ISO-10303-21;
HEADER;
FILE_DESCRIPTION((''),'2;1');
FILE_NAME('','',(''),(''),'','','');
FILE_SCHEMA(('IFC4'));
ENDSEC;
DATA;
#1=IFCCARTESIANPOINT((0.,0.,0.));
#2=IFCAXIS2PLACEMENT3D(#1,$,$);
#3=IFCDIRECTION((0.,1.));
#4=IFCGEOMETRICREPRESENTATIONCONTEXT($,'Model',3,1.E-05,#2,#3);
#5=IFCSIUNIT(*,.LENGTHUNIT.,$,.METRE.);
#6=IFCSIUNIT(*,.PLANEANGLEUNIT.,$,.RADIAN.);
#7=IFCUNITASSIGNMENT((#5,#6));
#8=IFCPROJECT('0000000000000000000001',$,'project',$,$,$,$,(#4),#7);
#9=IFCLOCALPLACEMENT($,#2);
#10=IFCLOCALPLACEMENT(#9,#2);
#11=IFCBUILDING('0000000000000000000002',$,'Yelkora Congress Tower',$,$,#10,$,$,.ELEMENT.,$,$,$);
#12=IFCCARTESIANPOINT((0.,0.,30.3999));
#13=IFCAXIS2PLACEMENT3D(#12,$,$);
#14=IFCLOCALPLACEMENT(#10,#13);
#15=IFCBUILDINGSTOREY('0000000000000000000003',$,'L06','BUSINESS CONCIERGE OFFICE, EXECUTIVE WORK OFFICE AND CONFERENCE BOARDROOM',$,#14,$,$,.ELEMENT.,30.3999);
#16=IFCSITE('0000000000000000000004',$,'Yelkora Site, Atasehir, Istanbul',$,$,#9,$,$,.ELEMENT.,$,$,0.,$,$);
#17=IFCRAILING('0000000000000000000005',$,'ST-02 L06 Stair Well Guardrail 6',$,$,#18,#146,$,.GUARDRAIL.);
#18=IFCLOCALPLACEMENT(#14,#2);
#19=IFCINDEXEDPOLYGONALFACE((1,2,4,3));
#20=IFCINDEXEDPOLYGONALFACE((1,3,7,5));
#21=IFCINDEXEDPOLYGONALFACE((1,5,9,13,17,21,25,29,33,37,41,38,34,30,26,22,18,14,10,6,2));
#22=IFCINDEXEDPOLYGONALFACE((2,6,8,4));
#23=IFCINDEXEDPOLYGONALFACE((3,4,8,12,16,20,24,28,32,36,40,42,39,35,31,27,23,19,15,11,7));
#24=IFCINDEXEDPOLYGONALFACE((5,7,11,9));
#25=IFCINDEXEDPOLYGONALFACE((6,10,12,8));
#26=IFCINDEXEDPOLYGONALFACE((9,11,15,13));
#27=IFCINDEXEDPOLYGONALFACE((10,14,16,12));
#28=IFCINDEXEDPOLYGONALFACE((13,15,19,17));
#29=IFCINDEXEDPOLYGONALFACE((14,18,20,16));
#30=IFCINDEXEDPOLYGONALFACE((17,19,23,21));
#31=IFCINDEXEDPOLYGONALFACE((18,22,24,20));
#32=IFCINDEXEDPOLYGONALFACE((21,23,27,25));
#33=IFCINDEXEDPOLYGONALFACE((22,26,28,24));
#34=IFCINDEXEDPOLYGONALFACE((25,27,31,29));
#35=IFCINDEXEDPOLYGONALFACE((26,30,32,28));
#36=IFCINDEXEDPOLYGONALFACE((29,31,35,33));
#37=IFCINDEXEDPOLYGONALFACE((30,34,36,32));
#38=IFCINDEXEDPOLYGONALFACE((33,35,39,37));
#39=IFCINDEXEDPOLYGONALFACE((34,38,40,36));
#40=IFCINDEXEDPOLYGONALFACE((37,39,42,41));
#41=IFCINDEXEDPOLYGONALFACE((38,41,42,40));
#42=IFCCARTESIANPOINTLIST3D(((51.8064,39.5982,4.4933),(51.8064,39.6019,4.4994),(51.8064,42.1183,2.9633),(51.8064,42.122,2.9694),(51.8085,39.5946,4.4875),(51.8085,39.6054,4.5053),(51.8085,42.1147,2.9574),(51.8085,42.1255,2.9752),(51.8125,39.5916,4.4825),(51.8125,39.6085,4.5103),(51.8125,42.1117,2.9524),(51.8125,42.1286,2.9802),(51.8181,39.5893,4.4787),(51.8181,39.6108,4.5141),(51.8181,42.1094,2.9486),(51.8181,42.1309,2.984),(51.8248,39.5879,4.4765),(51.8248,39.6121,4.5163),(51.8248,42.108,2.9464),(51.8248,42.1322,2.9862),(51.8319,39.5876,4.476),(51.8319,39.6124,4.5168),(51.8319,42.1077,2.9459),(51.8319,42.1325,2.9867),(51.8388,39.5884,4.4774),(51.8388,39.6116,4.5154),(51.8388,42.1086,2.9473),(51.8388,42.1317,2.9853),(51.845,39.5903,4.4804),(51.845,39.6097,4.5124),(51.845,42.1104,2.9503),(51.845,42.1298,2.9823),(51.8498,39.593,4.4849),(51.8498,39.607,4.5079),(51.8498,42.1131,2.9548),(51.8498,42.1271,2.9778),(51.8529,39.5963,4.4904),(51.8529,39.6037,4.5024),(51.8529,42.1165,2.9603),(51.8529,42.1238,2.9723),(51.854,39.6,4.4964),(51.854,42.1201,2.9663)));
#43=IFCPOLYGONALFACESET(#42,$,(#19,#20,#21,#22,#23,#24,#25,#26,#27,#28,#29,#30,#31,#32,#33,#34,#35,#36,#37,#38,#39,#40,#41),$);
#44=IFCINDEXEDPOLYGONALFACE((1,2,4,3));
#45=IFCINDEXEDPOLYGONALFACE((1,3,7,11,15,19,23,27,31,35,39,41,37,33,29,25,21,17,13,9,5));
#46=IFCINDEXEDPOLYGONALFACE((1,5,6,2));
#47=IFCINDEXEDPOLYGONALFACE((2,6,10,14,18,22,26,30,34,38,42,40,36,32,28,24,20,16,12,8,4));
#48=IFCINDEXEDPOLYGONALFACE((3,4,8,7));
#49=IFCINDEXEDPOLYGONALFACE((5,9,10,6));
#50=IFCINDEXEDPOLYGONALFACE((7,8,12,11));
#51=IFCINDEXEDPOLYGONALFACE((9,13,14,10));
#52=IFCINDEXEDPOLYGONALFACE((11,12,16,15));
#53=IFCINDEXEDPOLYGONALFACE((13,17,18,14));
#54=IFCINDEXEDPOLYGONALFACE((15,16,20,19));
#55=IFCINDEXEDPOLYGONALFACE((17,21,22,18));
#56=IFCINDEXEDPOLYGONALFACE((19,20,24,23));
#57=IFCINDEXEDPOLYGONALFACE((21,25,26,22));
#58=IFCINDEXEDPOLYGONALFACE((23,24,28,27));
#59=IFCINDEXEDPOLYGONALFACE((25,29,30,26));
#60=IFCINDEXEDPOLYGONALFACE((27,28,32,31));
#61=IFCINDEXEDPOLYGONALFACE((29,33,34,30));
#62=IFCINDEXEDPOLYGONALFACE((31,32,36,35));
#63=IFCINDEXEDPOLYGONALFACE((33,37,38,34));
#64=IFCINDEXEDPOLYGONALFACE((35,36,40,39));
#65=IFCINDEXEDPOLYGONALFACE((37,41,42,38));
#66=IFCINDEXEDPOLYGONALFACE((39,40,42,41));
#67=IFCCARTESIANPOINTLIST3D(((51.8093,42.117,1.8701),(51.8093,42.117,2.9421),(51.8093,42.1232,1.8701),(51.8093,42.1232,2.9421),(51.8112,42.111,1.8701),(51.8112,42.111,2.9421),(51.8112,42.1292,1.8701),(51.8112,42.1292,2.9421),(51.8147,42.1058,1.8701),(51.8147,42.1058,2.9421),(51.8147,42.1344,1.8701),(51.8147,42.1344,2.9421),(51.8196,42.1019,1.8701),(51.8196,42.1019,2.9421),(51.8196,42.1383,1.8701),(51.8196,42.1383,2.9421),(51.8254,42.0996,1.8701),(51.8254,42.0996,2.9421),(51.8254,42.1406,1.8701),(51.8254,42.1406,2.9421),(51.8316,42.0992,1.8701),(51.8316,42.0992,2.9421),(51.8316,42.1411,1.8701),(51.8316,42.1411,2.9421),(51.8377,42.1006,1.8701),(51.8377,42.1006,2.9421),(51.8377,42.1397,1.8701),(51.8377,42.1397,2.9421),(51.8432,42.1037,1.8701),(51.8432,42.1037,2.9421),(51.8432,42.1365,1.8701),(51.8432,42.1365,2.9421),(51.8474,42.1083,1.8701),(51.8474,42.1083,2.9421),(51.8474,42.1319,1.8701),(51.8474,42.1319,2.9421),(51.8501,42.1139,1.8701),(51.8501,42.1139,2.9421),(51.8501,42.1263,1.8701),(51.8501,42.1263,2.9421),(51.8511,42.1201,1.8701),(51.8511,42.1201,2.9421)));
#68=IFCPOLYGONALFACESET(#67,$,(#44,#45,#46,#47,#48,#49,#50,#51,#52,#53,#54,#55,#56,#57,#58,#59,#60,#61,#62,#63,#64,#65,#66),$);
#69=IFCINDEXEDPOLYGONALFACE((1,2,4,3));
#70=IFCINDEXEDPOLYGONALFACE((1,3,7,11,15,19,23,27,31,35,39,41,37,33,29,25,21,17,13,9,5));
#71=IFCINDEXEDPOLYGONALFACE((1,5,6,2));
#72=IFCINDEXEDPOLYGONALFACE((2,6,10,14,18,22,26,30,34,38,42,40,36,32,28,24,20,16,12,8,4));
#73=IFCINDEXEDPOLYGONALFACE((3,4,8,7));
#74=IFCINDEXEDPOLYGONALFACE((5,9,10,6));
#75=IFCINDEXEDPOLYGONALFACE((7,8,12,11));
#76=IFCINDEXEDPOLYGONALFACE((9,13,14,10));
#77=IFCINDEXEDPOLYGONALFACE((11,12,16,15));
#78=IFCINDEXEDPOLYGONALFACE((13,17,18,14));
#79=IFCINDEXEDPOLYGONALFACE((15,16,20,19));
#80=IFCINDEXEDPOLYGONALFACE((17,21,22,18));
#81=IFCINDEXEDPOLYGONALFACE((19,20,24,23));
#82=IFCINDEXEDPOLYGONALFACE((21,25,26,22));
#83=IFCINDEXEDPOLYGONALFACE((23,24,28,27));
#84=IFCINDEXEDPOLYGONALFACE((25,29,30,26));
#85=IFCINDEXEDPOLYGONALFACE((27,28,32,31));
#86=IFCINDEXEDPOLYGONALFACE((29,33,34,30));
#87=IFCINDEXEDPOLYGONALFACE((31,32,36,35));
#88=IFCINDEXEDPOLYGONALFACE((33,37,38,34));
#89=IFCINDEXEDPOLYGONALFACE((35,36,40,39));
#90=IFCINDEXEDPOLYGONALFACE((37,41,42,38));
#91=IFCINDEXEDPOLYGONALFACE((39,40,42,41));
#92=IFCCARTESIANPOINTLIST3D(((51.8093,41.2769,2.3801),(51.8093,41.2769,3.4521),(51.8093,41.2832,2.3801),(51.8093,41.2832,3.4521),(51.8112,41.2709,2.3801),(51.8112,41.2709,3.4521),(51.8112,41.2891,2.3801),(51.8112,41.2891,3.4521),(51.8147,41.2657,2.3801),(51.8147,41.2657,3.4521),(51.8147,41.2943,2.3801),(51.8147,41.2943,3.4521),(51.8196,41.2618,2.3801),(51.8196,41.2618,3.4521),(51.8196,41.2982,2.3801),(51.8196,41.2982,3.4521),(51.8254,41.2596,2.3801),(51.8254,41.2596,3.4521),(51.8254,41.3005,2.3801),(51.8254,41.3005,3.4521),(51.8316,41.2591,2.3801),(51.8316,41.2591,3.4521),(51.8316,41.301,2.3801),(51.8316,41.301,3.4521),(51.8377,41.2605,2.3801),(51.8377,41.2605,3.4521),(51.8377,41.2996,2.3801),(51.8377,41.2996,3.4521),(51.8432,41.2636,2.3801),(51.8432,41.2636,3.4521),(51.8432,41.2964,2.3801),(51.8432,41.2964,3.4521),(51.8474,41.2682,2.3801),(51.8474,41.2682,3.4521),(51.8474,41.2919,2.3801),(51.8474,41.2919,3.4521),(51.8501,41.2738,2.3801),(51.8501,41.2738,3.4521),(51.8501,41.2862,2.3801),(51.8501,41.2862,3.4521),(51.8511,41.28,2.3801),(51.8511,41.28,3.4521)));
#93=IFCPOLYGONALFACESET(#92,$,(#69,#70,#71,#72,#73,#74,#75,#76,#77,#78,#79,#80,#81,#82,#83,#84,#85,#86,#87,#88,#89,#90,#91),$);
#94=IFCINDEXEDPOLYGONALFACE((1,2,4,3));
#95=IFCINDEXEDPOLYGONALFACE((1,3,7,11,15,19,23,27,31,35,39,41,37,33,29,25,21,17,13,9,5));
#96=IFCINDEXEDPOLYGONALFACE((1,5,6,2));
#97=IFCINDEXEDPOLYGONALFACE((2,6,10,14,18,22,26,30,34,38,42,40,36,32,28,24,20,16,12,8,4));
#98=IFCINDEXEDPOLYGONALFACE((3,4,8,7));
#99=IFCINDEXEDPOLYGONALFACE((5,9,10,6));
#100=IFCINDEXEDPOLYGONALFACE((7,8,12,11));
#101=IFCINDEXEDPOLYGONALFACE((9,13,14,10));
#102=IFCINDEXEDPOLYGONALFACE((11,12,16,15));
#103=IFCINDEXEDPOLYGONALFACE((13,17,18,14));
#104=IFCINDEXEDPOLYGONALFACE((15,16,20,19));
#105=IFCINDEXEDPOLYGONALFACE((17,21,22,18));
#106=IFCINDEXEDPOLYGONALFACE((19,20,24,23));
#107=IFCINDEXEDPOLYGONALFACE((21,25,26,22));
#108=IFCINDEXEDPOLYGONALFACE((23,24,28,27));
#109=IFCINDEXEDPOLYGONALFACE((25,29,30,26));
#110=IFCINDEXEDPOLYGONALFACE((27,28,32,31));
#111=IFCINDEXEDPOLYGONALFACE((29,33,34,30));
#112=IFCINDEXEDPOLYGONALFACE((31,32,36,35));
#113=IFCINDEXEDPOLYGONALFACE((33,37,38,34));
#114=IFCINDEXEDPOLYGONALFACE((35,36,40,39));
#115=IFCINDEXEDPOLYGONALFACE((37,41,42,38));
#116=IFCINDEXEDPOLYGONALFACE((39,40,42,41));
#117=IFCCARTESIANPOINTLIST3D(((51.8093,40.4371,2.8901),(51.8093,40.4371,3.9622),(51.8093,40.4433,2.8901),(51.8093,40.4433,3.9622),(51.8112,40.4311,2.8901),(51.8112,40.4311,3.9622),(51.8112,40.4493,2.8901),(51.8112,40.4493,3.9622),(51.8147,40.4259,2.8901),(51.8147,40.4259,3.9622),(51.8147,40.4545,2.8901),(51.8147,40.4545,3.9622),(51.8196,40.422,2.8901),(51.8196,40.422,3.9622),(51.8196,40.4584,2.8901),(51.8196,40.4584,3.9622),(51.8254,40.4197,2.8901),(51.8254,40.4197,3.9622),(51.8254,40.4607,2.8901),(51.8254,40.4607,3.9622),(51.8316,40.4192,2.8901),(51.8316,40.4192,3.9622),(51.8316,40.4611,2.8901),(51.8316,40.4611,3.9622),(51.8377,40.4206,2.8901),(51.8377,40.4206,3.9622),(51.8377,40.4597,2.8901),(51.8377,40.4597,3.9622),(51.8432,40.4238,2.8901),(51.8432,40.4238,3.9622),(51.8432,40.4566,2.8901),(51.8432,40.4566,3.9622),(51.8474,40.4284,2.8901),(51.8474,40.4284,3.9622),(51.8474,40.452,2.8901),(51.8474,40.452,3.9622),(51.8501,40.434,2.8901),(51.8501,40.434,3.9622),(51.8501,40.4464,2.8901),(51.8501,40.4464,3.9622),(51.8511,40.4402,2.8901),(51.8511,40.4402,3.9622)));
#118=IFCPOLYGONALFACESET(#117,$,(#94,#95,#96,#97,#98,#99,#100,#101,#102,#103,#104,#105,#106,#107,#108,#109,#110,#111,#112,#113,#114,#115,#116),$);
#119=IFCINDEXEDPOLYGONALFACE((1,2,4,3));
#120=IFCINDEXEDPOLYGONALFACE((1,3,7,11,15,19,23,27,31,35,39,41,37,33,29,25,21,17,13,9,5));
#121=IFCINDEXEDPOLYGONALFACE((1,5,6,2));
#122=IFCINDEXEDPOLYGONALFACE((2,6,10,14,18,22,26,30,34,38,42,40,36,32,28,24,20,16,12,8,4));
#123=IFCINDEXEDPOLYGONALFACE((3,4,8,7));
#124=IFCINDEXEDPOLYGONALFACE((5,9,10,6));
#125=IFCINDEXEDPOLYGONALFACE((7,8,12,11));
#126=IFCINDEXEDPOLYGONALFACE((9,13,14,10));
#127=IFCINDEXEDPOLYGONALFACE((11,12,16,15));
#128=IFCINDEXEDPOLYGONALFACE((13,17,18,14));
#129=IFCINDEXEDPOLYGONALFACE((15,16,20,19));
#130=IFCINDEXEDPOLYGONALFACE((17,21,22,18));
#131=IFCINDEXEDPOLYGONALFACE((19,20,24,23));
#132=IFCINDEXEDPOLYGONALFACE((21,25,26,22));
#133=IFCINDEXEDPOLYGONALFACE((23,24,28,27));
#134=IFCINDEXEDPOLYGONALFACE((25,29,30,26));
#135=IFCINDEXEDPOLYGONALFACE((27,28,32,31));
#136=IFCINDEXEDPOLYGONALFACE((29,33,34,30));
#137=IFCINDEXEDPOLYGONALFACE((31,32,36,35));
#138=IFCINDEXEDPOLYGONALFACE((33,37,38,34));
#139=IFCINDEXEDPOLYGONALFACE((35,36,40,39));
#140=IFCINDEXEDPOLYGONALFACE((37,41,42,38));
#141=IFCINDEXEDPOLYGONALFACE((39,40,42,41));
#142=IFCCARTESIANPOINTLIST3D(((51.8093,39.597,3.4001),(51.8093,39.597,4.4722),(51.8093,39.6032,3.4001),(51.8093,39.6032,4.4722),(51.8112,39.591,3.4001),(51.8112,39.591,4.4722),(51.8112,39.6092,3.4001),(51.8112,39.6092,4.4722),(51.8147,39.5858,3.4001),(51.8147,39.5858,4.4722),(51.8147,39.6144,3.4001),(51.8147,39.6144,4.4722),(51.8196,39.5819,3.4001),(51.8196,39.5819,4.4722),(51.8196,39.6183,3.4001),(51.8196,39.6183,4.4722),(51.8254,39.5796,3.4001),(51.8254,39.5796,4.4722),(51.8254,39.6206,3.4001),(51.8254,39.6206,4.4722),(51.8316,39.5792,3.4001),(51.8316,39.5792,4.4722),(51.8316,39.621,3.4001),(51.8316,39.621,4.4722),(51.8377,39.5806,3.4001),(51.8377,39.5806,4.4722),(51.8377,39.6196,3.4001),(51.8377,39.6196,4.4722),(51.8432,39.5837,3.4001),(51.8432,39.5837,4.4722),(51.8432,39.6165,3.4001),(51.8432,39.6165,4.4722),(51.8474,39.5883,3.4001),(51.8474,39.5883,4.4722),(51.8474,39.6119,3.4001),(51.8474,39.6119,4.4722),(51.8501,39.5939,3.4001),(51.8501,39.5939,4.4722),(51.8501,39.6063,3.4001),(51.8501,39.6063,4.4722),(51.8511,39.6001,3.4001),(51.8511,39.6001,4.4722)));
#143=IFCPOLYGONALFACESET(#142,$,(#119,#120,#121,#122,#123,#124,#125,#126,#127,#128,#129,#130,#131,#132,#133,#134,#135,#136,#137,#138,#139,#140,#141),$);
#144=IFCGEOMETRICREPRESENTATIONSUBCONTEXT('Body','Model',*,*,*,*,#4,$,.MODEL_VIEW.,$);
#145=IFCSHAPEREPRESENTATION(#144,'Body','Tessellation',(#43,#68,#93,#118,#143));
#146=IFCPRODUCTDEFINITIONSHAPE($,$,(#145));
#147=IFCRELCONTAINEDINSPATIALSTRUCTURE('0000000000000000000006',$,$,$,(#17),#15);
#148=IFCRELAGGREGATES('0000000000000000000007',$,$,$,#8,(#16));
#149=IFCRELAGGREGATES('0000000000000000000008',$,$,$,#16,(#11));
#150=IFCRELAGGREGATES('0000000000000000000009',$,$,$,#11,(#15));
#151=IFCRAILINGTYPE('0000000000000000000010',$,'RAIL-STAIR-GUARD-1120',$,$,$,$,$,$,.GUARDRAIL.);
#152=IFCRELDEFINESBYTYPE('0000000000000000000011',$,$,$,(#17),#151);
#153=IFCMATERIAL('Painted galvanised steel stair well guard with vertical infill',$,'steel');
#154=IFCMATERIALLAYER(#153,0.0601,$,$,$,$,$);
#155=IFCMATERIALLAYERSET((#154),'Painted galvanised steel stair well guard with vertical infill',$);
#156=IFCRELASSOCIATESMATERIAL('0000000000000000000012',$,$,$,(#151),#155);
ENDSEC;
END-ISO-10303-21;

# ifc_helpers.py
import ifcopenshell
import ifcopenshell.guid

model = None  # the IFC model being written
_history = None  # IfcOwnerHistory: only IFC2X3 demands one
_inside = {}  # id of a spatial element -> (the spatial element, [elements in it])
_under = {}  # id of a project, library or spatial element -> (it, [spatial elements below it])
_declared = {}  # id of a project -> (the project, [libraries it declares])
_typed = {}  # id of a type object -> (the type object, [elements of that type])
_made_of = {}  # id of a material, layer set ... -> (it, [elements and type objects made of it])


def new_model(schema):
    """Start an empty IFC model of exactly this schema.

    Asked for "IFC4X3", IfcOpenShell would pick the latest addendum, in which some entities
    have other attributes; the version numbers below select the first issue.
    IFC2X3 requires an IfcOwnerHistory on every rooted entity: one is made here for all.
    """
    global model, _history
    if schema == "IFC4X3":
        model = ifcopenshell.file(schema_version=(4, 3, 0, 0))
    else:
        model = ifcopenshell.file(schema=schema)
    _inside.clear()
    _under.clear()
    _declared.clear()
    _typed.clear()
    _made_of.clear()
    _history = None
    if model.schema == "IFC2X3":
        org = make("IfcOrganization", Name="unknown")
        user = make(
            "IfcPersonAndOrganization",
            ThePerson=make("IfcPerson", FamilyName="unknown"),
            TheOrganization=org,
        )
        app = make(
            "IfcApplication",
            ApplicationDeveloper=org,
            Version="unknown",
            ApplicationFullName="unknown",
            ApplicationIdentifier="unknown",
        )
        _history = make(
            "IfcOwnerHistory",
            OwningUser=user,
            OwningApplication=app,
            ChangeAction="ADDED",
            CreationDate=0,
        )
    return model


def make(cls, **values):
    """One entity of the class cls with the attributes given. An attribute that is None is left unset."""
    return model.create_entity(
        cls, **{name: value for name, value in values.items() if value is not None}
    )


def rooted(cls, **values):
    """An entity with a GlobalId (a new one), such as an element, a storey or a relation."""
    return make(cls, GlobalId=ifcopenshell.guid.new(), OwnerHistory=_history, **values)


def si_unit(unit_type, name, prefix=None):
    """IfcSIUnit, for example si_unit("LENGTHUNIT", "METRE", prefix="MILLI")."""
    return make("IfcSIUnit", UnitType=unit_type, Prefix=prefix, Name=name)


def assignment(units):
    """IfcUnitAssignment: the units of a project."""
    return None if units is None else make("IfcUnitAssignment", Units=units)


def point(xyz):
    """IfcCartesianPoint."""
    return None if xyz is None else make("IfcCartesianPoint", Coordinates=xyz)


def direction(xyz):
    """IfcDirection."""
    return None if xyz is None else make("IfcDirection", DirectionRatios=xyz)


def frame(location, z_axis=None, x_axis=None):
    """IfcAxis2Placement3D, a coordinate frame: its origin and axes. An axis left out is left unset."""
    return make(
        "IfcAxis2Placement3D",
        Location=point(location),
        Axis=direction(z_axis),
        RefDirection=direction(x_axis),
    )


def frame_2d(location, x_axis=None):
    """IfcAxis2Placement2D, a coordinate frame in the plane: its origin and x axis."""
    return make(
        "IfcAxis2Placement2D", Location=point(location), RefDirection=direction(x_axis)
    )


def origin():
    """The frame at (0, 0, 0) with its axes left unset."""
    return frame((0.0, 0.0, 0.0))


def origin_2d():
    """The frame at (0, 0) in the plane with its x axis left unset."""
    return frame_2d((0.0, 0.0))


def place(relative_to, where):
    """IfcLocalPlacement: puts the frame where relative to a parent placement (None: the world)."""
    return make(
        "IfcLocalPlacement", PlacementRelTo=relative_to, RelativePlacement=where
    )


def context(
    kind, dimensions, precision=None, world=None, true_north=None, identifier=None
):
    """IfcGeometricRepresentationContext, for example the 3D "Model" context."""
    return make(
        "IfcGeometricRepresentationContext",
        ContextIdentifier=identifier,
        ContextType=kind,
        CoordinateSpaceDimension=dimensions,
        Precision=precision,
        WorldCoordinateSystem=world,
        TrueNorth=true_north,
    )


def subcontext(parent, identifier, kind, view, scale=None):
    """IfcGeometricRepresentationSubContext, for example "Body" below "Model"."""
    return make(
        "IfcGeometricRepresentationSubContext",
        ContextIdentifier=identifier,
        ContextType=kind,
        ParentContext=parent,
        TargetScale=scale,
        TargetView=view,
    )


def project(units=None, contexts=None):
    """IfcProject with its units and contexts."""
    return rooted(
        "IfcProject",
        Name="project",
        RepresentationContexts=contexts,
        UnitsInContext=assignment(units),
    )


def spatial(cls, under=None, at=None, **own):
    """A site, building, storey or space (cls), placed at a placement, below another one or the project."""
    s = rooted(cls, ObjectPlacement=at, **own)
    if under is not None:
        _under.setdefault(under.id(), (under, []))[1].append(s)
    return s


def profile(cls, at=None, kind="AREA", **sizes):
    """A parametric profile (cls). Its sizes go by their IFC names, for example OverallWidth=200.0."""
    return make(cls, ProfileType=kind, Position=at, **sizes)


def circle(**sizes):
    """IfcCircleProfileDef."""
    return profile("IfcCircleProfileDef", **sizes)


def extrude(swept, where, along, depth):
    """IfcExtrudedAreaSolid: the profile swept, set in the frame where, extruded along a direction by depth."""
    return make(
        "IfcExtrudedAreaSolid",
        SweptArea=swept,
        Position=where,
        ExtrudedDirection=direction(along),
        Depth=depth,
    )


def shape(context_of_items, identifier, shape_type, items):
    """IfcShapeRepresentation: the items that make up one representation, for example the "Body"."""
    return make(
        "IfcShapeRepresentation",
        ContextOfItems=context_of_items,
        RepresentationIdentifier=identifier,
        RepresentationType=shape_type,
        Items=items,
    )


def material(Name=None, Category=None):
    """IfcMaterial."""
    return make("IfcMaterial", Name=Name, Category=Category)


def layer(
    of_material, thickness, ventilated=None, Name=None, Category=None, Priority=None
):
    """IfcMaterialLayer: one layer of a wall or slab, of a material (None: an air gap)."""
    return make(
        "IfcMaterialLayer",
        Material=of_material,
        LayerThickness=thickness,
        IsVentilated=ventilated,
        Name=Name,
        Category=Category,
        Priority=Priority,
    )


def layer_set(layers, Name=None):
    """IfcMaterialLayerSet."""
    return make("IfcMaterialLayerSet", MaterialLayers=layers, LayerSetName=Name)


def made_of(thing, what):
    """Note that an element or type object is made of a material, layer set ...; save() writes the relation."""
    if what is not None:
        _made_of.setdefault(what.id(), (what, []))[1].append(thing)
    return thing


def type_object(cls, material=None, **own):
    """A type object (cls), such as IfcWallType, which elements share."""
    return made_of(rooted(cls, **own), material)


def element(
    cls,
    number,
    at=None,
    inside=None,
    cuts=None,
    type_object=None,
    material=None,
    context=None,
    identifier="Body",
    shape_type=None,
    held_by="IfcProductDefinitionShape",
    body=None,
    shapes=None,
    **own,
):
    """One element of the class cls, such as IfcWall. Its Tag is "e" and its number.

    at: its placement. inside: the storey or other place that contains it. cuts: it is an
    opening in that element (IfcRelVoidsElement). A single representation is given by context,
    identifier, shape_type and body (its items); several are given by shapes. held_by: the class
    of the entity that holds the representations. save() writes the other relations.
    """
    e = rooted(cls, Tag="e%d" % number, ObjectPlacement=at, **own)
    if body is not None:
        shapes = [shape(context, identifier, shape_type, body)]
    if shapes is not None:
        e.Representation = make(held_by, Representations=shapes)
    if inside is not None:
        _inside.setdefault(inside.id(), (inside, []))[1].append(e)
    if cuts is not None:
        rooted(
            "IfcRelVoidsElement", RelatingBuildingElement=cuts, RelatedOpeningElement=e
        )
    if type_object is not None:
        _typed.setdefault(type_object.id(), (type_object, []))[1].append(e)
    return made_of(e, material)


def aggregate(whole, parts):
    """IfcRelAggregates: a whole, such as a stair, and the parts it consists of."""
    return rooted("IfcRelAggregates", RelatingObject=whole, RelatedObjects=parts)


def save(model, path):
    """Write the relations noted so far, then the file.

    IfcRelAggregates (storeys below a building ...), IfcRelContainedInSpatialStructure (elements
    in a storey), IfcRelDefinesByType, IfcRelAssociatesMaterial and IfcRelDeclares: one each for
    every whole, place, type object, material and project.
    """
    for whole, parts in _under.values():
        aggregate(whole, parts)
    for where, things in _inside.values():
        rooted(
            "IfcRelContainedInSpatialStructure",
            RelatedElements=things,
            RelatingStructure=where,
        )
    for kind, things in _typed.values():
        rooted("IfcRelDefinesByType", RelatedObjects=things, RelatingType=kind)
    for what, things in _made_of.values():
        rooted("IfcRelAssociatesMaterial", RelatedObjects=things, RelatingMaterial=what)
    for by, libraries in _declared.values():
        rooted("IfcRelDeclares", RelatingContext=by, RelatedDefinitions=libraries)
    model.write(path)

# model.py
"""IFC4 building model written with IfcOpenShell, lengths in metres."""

from ifc_helpers import new_model, si_unit, direction, frame, origin, origin_2d, place, context, subcontext, project, spatial, circle, extrude, material, layer, layer_set, type_object, element, save


model = new_model("IFC4")

# Units and contexts
model_context = context("Model", 3, precision=1e-05, world=origin(), true_north=direction((0.0, 1.0)))
body_context = subcontext(model_context, "Body", "Model", "MODEL_VIEW")
ifc_project = project(units=[si_unit("LENGTHUNIT", "METRE"), si_unit("PLANEANGLEUNIT", "RADIAN")], contexts=[model_context])

# Site, building, storey
site_placement = place(None, origin())
site = spatial("IfcSite", under=ifc_project, at=site_placement, Name="Yelkora Site, Atasehir, Istanbul", CompositionType="ELEMENT", RefElevation=0.0)
building_placement = place(site_placement, origin())
building = spatial("IfcBuilding", under=site, at=building_placement, Name="Yelkora Congress Tower", CompositionType="ELEMENT")
storey_placement = place(building_placement, frame((0.0, 0.0, 30.3999)))
storey = spatial("IfcBuildingStorey", under=building, at=storey_placement, Name="L06", Description="BUSINESS CONCIERGE OFFICE, EXECUTIVE WORK OFFICE AND CONFERENCE BOARDROOM", CompositionType="ELEMENT", Elevation=30.3999)

# Railing
ifc_material_1 = material(Name="Painted galvanised steel stair well guard with vertical infill", Category="steel")
ifc_layer_1 = layer(ifc_material_1, 0.0601)
ifc_layer_set_1 = layer_set([ifc_layer_1], Name="Painted galvanised steel stair well guard with vertical infill")
railing_type_1 = type_object("IfcRailingType", Name="RAIL-STAIR-GUARD-1120", PredefinedType="GUARDRAIL", material=ifc_layer_set_1)
railing_1_placement = place(storey_placement, frame((51.8301, 42.1201, 1.8701)))
element("IfcRailing", 1, at=railing_1_placement, inside=storey, type_object=railing_type_1, Name="ST-02 L06 Stair Well Guardrail 6", PredefinedType="GUARDRAIL", context=body_context, shape_type="SweptSolid", body=[
    extrude(circle(Radius=0.0239, at=origin_2d()), frame((0.0, 0.0, 1.0962), z_axis=(0.0, -0.854785, 0.518982), x_axis=(1.0, 0.0, 0.0)), (0.0, 0.0, 1.0), 2.9482),
    extrude(circle(Radius=0.021, at=origin_2d()), origin(), (0.0, 0.0, 1.0), 1.072),
    extrude(circle(Radius=0.021, at=origin_2d()), frame((0.0, -0.8401, 0.51)), (0.0, 0.0, 1.0), 1.072),
    extrude(circle(Radius=0.021, at=origin_2d()), frame((0.0, -1.6799, 1.02)), (0.0, 0.0, 1.0), 1.072),
    extrude(circle(Radius=0.021, at=origin_2d()), frame((0.0, -2.52, 1.53)), (0.0, 0.0, 1.0), 1.072),
])

save(model, "model.ifc")
